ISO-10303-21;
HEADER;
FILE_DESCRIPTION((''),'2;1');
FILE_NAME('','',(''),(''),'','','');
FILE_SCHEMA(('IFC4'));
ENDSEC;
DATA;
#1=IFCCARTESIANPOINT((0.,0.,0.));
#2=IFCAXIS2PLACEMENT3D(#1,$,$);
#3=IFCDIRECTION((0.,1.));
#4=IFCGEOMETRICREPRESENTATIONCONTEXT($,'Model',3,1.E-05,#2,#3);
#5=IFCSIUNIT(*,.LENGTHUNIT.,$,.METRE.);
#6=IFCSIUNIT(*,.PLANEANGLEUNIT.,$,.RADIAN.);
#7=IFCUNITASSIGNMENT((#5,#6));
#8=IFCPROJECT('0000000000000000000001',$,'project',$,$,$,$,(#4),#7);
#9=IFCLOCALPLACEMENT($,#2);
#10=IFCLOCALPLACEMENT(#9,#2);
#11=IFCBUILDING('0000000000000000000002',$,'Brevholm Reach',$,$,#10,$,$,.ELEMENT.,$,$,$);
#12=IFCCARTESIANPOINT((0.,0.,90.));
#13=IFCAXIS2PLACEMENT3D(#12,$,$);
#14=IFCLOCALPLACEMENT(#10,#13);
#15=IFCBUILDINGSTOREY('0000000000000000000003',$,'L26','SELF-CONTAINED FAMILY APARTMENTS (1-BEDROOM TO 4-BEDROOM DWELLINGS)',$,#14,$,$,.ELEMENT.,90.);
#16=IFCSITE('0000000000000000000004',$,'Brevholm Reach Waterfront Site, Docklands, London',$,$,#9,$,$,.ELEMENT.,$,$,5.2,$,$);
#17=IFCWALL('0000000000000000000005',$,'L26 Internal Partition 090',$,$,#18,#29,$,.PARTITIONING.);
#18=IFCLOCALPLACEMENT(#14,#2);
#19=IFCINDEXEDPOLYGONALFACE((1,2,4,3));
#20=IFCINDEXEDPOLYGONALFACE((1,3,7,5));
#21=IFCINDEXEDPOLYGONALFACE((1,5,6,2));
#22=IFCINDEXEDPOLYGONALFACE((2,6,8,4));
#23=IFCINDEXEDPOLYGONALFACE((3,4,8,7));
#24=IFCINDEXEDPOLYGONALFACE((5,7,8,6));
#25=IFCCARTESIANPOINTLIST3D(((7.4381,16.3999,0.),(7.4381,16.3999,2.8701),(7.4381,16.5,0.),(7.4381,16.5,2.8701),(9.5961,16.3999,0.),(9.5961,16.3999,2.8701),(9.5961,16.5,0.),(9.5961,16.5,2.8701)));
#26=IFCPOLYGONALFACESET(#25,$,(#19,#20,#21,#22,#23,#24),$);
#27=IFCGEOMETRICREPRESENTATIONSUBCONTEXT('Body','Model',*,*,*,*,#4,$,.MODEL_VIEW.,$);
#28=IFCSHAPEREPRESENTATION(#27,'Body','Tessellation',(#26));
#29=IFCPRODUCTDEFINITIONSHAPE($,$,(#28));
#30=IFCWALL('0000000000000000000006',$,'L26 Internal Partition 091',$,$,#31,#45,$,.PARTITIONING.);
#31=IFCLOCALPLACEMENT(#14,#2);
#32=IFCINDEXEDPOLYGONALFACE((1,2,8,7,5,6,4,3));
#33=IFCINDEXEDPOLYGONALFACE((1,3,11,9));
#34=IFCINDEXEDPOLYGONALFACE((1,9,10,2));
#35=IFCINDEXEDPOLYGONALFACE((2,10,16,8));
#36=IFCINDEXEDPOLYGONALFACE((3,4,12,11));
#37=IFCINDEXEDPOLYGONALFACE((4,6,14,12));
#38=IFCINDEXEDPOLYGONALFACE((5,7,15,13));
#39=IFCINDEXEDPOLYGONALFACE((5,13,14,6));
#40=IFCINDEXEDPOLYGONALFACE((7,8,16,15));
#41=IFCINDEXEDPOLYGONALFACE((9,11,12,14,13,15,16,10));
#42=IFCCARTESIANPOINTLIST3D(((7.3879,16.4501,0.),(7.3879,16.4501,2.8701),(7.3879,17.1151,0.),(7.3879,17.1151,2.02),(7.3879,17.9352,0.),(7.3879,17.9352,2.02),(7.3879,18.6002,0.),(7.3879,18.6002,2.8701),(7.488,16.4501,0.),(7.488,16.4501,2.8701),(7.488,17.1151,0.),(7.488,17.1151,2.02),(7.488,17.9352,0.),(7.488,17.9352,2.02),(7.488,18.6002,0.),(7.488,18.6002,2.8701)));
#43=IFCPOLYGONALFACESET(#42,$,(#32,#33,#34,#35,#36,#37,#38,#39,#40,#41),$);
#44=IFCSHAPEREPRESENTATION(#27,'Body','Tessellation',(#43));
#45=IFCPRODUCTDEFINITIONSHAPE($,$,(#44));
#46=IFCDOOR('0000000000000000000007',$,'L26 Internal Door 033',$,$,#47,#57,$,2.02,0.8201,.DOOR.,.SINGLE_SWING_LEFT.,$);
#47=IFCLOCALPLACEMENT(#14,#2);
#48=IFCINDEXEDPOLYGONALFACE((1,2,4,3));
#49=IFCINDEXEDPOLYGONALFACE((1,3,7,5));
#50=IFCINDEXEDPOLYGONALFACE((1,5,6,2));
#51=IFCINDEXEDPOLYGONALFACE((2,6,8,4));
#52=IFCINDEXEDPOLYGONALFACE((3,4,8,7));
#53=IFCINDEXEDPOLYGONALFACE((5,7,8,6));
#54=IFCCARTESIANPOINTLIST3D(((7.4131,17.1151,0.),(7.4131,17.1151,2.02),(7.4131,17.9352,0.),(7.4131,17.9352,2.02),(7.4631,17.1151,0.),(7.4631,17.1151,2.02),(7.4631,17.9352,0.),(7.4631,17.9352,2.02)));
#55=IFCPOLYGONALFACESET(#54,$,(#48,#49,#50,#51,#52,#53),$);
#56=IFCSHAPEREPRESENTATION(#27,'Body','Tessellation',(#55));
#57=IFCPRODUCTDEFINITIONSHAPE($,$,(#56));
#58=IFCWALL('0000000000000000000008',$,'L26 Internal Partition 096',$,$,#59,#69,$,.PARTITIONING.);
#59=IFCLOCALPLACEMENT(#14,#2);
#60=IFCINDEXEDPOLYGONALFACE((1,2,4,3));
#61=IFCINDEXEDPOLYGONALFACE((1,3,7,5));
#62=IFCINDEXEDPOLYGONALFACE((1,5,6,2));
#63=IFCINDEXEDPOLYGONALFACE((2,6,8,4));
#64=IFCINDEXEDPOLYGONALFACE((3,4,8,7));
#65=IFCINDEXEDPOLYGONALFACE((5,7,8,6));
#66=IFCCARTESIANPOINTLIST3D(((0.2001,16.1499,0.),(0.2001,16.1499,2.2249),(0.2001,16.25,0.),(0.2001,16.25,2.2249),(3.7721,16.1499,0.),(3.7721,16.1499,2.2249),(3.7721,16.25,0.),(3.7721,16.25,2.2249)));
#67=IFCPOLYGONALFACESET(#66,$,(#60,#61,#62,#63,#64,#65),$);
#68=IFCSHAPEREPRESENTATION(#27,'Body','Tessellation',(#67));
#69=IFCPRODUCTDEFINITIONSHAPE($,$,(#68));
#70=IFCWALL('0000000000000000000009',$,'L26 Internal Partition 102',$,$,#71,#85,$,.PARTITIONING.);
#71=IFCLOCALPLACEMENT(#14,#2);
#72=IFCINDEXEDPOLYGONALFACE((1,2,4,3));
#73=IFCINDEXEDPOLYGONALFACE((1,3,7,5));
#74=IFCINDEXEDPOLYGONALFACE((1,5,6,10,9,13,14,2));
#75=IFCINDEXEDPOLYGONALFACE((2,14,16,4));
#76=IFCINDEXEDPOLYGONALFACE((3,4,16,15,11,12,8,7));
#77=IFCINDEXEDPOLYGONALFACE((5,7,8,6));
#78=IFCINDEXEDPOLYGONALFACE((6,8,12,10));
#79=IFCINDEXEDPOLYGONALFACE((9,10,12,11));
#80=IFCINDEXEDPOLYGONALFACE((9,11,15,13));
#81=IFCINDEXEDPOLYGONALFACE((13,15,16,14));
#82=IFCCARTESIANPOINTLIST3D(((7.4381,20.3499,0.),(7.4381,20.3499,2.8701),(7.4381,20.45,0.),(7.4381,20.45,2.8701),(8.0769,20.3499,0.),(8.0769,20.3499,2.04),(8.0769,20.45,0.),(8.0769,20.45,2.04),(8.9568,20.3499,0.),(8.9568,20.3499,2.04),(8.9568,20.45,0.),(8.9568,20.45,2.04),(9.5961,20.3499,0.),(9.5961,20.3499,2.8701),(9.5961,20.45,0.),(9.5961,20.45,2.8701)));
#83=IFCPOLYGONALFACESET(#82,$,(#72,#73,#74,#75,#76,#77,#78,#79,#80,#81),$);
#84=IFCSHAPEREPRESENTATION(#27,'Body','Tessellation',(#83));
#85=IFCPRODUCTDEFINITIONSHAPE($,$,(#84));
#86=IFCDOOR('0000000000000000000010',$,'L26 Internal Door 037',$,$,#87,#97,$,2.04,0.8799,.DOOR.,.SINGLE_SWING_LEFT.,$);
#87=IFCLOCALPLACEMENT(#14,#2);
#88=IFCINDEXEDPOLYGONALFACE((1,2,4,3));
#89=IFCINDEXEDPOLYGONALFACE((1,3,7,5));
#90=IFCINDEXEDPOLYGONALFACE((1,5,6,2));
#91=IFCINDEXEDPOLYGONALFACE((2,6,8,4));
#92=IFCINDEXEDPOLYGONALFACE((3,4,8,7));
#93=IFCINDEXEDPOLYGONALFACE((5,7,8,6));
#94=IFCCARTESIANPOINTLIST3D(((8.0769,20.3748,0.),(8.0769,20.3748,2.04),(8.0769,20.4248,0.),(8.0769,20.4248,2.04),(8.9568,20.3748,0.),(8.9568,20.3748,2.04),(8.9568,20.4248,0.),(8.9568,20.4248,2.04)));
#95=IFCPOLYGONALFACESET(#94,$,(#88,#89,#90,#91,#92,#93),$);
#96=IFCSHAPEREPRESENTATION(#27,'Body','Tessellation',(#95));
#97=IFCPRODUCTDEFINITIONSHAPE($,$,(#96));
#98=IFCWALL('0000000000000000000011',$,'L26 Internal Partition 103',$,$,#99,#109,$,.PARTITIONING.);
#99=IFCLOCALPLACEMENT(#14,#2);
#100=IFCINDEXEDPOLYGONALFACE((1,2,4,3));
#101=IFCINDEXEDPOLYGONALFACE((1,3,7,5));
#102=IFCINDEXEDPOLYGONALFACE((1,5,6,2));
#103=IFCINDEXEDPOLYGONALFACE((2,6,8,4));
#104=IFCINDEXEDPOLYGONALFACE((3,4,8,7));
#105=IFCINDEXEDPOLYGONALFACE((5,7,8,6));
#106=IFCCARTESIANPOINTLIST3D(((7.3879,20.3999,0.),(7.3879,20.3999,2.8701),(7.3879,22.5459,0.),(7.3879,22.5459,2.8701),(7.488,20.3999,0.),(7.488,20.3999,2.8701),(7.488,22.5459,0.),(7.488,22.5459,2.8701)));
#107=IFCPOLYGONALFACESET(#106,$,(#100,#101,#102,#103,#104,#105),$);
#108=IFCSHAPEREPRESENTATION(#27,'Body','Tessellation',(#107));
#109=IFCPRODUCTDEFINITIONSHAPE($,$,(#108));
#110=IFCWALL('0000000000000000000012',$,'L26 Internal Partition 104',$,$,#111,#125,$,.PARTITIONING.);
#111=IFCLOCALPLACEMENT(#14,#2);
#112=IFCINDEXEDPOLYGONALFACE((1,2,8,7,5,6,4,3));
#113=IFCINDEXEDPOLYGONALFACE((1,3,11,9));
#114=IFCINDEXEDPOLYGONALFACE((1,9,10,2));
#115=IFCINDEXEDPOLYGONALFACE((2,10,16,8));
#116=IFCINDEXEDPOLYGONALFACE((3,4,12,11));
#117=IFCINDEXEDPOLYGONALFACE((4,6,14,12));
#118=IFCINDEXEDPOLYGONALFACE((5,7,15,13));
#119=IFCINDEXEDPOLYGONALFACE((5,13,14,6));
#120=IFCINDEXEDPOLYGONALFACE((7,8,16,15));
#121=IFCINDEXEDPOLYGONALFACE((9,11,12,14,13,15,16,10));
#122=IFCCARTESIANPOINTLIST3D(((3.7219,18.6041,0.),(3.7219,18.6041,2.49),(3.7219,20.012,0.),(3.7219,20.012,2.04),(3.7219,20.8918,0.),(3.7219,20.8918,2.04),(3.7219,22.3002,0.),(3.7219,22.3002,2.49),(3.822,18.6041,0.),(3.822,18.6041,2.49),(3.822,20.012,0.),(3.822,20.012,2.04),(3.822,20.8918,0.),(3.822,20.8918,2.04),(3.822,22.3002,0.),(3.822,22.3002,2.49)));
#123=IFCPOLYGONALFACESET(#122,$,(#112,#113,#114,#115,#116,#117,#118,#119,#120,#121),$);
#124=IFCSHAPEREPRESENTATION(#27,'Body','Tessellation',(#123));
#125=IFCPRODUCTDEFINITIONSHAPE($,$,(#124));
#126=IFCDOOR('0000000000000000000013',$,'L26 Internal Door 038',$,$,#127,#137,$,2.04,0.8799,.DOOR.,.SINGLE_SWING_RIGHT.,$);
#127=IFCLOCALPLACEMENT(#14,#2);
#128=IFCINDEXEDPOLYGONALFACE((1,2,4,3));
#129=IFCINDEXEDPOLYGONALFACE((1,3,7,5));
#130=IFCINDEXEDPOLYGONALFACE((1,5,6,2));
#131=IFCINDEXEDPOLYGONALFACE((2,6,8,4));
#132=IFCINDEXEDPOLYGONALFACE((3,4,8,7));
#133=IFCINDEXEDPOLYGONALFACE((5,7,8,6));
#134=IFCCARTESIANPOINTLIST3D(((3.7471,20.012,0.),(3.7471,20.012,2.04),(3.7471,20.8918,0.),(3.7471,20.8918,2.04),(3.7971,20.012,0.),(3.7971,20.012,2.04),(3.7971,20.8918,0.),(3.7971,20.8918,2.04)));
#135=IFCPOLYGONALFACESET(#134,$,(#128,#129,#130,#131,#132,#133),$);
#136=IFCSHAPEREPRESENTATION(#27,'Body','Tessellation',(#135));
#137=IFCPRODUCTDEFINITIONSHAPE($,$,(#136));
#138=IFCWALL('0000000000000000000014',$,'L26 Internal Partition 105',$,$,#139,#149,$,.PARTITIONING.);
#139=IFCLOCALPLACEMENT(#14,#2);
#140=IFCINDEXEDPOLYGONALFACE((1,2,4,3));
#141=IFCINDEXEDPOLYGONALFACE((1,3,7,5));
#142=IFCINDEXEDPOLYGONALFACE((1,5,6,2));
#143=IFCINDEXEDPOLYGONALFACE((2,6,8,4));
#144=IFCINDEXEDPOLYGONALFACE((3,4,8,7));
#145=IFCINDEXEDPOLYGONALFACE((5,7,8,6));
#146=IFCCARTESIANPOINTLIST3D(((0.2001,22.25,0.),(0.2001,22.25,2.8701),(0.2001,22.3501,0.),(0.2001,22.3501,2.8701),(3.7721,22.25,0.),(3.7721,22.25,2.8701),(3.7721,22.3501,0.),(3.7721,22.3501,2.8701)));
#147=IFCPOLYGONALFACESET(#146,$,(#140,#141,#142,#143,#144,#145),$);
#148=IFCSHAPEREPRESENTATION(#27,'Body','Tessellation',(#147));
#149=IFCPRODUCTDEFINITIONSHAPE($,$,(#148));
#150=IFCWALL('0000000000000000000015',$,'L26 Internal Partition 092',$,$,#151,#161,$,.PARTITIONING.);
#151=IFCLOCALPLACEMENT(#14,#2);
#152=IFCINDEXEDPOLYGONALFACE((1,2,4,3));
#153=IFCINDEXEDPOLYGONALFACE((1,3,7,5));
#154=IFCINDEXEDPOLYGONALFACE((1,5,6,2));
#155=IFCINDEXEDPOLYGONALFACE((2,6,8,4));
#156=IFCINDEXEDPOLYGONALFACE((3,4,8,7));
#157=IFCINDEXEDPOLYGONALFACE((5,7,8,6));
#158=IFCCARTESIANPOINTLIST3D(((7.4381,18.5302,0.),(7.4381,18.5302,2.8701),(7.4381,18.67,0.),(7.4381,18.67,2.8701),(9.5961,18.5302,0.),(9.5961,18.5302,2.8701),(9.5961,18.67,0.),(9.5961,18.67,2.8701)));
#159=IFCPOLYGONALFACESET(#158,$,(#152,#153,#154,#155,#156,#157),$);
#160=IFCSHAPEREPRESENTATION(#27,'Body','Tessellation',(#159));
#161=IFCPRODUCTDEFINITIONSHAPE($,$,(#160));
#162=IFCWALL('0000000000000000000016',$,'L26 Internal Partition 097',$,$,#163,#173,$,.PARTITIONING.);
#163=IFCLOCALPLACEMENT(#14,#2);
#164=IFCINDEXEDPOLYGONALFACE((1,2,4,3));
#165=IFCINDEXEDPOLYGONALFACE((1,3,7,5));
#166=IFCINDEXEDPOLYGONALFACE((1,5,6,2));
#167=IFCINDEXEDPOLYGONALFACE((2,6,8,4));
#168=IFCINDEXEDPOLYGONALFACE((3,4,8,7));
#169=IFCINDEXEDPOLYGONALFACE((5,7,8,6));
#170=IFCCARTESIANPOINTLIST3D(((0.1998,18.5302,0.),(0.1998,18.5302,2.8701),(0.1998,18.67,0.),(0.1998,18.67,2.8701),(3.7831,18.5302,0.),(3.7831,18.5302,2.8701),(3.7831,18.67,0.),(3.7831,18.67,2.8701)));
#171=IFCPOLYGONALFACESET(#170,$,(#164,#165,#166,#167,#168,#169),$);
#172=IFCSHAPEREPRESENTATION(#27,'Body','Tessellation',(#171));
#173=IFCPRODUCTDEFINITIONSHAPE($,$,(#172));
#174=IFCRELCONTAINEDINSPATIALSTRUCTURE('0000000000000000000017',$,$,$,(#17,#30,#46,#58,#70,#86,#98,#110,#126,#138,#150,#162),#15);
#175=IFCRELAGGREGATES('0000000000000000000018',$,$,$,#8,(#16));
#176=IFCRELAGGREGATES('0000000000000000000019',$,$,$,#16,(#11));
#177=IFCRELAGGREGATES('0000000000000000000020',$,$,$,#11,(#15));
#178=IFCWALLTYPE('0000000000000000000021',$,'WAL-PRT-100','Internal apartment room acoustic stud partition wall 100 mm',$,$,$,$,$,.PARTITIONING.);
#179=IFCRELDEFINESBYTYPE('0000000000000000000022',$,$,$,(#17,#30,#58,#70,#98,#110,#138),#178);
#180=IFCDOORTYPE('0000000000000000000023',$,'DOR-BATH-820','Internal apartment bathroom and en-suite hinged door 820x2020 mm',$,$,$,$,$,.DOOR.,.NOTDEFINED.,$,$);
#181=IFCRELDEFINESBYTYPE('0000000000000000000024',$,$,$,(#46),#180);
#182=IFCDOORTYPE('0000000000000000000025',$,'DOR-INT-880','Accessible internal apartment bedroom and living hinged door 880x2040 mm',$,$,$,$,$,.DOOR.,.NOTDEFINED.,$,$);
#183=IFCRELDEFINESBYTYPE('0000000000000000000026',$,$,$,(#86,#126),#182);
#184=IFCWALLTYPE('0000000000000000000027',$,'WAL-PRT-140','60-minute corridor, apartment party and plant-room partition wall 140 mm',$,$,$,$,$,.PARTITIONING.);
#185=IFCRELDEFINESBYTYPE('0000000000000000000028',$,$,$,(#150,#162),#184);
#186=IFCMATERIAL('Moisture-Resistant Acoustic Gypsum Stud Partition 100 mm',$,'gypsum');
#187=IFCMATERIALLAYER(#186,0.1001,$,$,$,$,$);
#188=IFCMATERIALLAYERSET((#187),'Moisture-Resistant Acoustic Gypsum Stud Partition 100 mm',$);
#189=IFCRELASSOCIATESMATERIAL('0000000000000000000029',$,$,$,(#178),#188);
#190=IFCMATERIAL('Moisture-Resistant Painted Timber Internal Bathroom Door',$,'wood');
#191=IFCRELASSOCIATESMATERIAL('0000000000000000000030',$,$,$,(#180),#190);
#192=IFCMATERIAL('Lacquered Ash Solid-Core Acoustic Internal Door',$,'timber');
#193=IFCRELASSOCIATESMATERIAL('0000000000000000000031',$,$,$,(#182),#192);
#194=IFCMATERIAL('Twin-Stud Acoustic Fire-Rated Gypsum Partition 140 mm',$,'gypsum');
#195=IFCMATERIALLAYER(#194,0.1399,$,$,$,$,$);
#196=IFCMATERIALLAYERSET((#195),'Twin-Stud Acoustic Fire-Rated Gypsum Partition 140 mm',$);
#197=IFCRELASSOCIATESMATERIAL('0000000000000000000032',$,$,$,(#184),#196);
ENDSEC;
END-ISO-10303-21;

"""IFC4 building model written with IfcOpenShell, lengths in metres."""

from ifc_helpers import new_model, si_unit, direction, frame, frame_2d, origin, place, context, subcontext, project, spatial, rectangle, extrude, material, layer, layer_set, type_object, element, fill, save


model = new_model("IFC4")

# Units and contexts
model_context = context("Model", 3, precision=1e-05, world=origin(), true_north=direction((0.0, 1.0)))
body_context = subcontext(model_context, "Body", "Model", "MODEL_VIEW")
ifc_project = project(units=[si_unit("LENGTHUNIT", "METRE"), si_unit("PLANEANGLEUNIT", "RADIAN")], contexts=[model_context])

# Site, building, storey
site_placement = place(None, origin())
site = spatial("IfcSite", under=ifc_project, at=site_placement, Name="Brevholm Reach Waterfront Site, Docklands, London", CompositionType="ELEMENT", RefElevation=5.2)
building_placement = place(site_placement, origin())
building = spatial("IfcBuilding", under=site, at=building_placement, Name="Brevholm Reach", CompositionType="ELEMENT")
storey_placement = place(building_placement, frame((0.0, 0.0, 90.0)))
storey = spatial("IfcBuildingStorey", under=building, at=storey_placement, Name="L26", Description="SELF-CONTAINED FAMILY APARTMENTS (1-BEDROOM TO 4-BEDROOM DWELLINGS)", CompositionType="ELEMENT", Elevation=90.0)

# Wall
ifc_material_1 = material(Name="Moisture-Resistant Acoustic Gypsum Stud Partition 100 mm", Category="gypsum")
ifc_layer_1 = layer(ifc_material_1, 0.1001)
ifc_layer_set_1 = layer_set([ifc_layer_1], Name="Moisture-Resistant Acoustic Gypsum Stud Partition 100 mm")
wall_type_1 = type_object("IfcWallType", Name="WAL-PRT-100", Description="Internal apartment room acoustic stud partition wall 100 mm", PredefinedType="PARTITIONING", material=ifc_layer_set_1)
wall_1_placement = place(storey_placement, frame((7.438, 16.45, 0.0), z_axis=(0.0, 0.0, 1.0), x_axis=(1.0, 0.0, 0.0)))
element("IfcWall", 1, at=wall_1_placement, inside=storey, type_object=wall_type_1, Name="L26 Internal Partition 090", PredefinedType="PARTITIONING", context=body_context, shape_type="SweptSolid", body=[
    extrude(rectangle(XDim=2.158, YDim=0.1001, at=frame_2d((1.0791, 0.0))), origin(), (0.0, 0.0, 1.0), 2.8701),
])

# Wall, opening, door
wall_2_placement = place(storey_placement, frame((7.438, 16.45, 0.0), z_axis=(0.0, 0.0, 1.0), x_axis=(0.0, 1.0, 0.0)))
wall_2 = element("IfcWall", 2, at=wall_2_placement, inside=storey, type_object=wall_type_1, Name="L26 Internal Partition 091", PredefinedType="PARTITIONING", context=body_context, shape_type="SweptSolid", body=[
    extrude(rectangle(XDim=2.1501, YDim=0.1001, at=frame_2d((1.0752, 0.0))), origin(), (0.0, 0.0, 1.0), 2.8701),
])
opening_1_placement = place(wall_2_placement, frame((0.665, 0.0, 0.0)))
opening_1 = element("IfcOpeningElement", 3, at=opening_1_placement, cuts=wall_2, PredefinedType="OPENING", context=body_context, shape_type="SweptSolid", body=[
    extrude(rectangle(XDim=0.8201, YDim=2.02, at=frame_2d((0.4102, 1.01))), frame((0.0, 0.0601, 0.0), z_axis=(0.0, -1.0, 0.0), x_axis=(1.0, 0.0, 0.0)), (0.0, 0.0, 1.0), 0.1201),
])
ifc_material_2 = material(Name="Moisture-Resistant Painted Timber Internal Bathroom Door", Category="wood")
door_type_1 = type_object("IfcDoorType", Name="DOR-BATH-820", Description="Internal apartment bathroom and en-suite hinged door 820x2020 mm", OperationType="NOTDEFINED", PredefinedType="DOOR", material=ifc_material_2)
door_1_placement = place(opening_1_placement, origin())
door_1 = element("IfcDoor", 4, at=door_1_placement, inside=storey, type_object=door_type_1, Name="L26 Internal Door 033", OperationType="SINGLE_SWING_LEFT", OverallHeight=2.02, OverallWidth=0.8201, PredefinedType="DOOR", context=body_context, shape_type="SweptSolid", body=[
    extrude(rectangle(XDim=0.8201, YDim=2.02, at=frame_2d((0.4102, 1.01))), frame((0.0, 0.0249, 0.0), z_axis=(0.0, -1.0, 0.0), x_axis=(1.0, 0.0, 0.0)), (0.0, 0.0, 1.0), 0.05),
])
fill(opening_1, door_1)

# Wall
wall_3_placement = place(storey_placement, frame((0.2, 16.2, 0.0), z_axis=(0.0, 0.0, 1.0), x_axis=(1.0, 0.0, 0.0)))
element("IfcWall", 5, at=wall_3_placement, inside=storey, type_object=wall_type_1, Name="L26 Internal Partition 096", PredefinedType="PARTITIONING", context=body_context, shape_type="SweptSolid", body=[
    extrude(rectangle(XDim=3.572, YDim=0.1001, at=frame_2d((1.7861, 0.0))), origin(), (0.0, 0.0, 1.0), 2.2249),
])

# Wall, opening, door
wall_4_placement = place(storey_placement, frame((7.438, 20.3999, 0.0), z_axis=(0.0, 0.0, 1.0), x_axis=(1.0, 0.0, 0.0)))
wall_4 = element("IfcWall", 6, at=wall_4_placement, inside=storey, type_object=wall_type_1, Name="L26 Internal Partition 102", PredefinedType="PARTITIONING", context=body_context, shape_type="SweptSolid", body=[
    extrude(rectangle(XDim=2.158, YDim=0.1001, at=frame_2d((1.0791, 0.0))), origin(), (0.0, 0.0, 1.0), 2.8701),
])
opening_2_placement = place(wall_4_placement, frame((0.6389, 0.0, 0.0)))
opening_2 = element("IfcOpeningElement", 7, at=opening_2_placement, cuts=wall_4, PredefinedType="OPENING", context=body_context, shape_type="SweptSolid", body=[
    extrude(rectangle(XDim=0.8799, YDim=2.04, at=frame_2d((0.4399, 1.02))), frame((0.0, 0.0601, 0.0), z_axis=(0.0, -1.0, 0.0), x_axis=(1.0, 0.0, 0.0)), (0.0, 0.0, 1.0), 0.1201),
])
ifc_material_3 = material(Name="Lacquered Ash Solid-Core Acoustic Internal Door", Category="timber")
door_type_2 = type_object("IfcDoorType", Name="DOR-INT-880", Description="Accessible internal apartment bedroom and living hinged door 880x2040 mm", OperationType="NOTDEFINED", PredefinedType="DOOR", material=ifc_material_3)
door_2_placement = place(opening_2_placement, origin())
door_2 = element("IfcDoor", 8, at=door_2_placement, inside=storey, type_object=door_type_2, Name="L26 Internal Door 037", OperationType="SINGLE_SWING_LEFT", OverallHeight=2.04, OverallWidth=0.8799, PredefinedType="DOOR", context=body_context, shape_type="SweptSolid", body=[
    extrude(rectangle(XDim=0.8799, YDim=2.04, at=frame_2d((0.4399, 1.02))), frame((0.0, 0.0249, 0.0), z_axis=(0.0, -1.0, 0.0), x_axis=(1.0, 0.0, 0.0)), (0.0, 0.0, 1.0), 0.05),
])
fill(opening_2, door_2)

# Wall
wall_5_placement = place(storey_placement, frame((7.438, 20.3999, 0.0), z_axis=(0.0, 0.0, 1.0), x_axis=(0.0, 1.0, 0.0)))
element("IfcWall", 9, at=wall_5_placement, inside=storey, type_object=wall_type_1, Name="L26 Internal Partition 103", PredefinedType="PARTITIONING", context=body_context, shape_type="SweptSolid", body=[
    extrude(rectangle(XDim=2.146, YDim=0.1001, at=frame_2d((1.073, 0.0))), origin(), (0.0, 0.0, 1.0), 2.8701),
])

# Wall, opening, door
wall_6_placement = place(storey_placement, frame((3.772, 18.604, 0.0), z_axis=(0.0, 0.0, 1.0), x_axis=(0.0, 1.0, 0.0)))
wall_6 = element("IfcWall", 10, at=wall_6_placement, inside=storey, type_object=wall_type_1, Name="L26 Internal Partition 104", PredefinedType="PARTITIONING", context=body_context, shape_type="SweptSolid", body=[
    extrude(rectangle(XDim=3.696, YDim=0.1001, at=frame_2d((1.8481, 0.0))), origin(), (0.0, 0.0, 1.0), 2.49),
])
opening_3_placement = place(wall_6_placement, frame((1.408, 0.0, 0.0)))
opening_3 = element("IfcOpeningElement", 11, at=opening_3_placement, cuts=wall_6, PredefinedType="OPENING", context=body_context, shape_type="SweptSolid", body=[
    extrude(rectangle(XDim=0.8799, YDim=2.04, at=frame_2d((0.4399, 1.02))), frame((0.0, 0.0601, 0.0), z_axis=(0.0, -1.0, 0.0), x_axis=(1.0, 0.0, 0.0)), (0.0, 0.0, 1.0), 0.1201),
])
door_3_placement = place(opening_3_placement, origin())
door_3 = element("IfcDoor", 12, at=door_3_placement, inside=storey, type_object=door_type_2, Name="L26 Internal Door 038", OperationType="SINGLE_SWING_RIGHT", OverallHeight=2.04, OverallWidth=0.8799, PredefinedType="DOOR", context=body_context, shape_type="SweptSolid", body=[
    extrude(rectangle(XDim=0.8799, YDim=2.04, at=frame_2d((0.4399, 1.02))), frame((0.0, 0.0249, 0.0), z_axis=(0.0, -1.0, 0.0), x_axis=(1.0, 0.0, 0.0)), (0.0, 0.0, 1.0), 0.05),
])
fill(opening_3, door_3)

# Walls
wall_7_placement = place(storey_placement, frame((0.2, 22.3, 0.0), z_axis=(0.0, 0.0, 1.0), x_axis=(1.0, 0.0, 0.0)))
element("IfcWall", 13, at=wall_7_placement, inside=storey, type_object=wall_type_1, Name="L26 Internal Partition 105", PredefinedType="PARTITIONING", context=body_context, shape_type="SweptSolid", body=[
    extrude(rectangle(XDim=3.572, YDim=0.1001, at=frame_2d((1.7861, 0.0))), origin(), (0.0, 0.0, 1.0), 2.8701),
])
ifc_material_4 = material(Name="Twin-Stud Acoustic Fire-Rated Gypsum Partition 140 mm", Category="gypsum")
ifc_layer_2 = layer(ifc_material_4, 0.1399)
ifc_layer_set_2 = layer_set([ifc_layer_2], Name="Twin-Stud Acoustic Fire-Rated Gypsum Partition 140 mm")
wall_type_2 = type_object("IfcWallType", Name="WAL-PRT-140", Description="60-minute corridor, apartment party and plant-room partition wall 140 mm", PredefinedType="PARTITIONING", material=ifc_layer_set_2)
wall_8_placement = place(storey_placement, frame((7.438, 18.6001, 0.0), z_axis=(0.0, 0.0, 1.0), x_axis=(1.0, 0.0, 0.0)))
element("IfcWall", 14, at=wall_8_placement, inside=storey, type_object=wall_type_2, Name="L26 Internal Partition 092", PredefinedType="PARTITIONING", context=body_context, shape_type="SweptSolid", body=[
    extrude(rectangle(XDim=2.158, YDim=0.1399, at=frame_2d((1.0791, 0.0))), origin(), (0.0, 0.0, 1.0), 2.8701),
])
wall_9_placement = place(storey_placement, frame((0.2, 18.6001, 0.0), z_axis=(0.0, 0.0, 1.0), x_axis=(1.0, 0.0, 0.0)))
element("IfcWall", 15, at=wall_9_placement, inside=storey, type_object=wall_type_2, Name="L26 Internal Partition 097", PredefinedType="PARTITIONING", context=body_context, shape_type="SweptSolid", body=[
    extrude(rectangle(XDim=3.5833, YDim=0.1399, at=frame_2d((1.7915, 0.0))), origin(), (0.0, 0.0, 1.0), 2.8701),
])

save(model, "model.ifc")
